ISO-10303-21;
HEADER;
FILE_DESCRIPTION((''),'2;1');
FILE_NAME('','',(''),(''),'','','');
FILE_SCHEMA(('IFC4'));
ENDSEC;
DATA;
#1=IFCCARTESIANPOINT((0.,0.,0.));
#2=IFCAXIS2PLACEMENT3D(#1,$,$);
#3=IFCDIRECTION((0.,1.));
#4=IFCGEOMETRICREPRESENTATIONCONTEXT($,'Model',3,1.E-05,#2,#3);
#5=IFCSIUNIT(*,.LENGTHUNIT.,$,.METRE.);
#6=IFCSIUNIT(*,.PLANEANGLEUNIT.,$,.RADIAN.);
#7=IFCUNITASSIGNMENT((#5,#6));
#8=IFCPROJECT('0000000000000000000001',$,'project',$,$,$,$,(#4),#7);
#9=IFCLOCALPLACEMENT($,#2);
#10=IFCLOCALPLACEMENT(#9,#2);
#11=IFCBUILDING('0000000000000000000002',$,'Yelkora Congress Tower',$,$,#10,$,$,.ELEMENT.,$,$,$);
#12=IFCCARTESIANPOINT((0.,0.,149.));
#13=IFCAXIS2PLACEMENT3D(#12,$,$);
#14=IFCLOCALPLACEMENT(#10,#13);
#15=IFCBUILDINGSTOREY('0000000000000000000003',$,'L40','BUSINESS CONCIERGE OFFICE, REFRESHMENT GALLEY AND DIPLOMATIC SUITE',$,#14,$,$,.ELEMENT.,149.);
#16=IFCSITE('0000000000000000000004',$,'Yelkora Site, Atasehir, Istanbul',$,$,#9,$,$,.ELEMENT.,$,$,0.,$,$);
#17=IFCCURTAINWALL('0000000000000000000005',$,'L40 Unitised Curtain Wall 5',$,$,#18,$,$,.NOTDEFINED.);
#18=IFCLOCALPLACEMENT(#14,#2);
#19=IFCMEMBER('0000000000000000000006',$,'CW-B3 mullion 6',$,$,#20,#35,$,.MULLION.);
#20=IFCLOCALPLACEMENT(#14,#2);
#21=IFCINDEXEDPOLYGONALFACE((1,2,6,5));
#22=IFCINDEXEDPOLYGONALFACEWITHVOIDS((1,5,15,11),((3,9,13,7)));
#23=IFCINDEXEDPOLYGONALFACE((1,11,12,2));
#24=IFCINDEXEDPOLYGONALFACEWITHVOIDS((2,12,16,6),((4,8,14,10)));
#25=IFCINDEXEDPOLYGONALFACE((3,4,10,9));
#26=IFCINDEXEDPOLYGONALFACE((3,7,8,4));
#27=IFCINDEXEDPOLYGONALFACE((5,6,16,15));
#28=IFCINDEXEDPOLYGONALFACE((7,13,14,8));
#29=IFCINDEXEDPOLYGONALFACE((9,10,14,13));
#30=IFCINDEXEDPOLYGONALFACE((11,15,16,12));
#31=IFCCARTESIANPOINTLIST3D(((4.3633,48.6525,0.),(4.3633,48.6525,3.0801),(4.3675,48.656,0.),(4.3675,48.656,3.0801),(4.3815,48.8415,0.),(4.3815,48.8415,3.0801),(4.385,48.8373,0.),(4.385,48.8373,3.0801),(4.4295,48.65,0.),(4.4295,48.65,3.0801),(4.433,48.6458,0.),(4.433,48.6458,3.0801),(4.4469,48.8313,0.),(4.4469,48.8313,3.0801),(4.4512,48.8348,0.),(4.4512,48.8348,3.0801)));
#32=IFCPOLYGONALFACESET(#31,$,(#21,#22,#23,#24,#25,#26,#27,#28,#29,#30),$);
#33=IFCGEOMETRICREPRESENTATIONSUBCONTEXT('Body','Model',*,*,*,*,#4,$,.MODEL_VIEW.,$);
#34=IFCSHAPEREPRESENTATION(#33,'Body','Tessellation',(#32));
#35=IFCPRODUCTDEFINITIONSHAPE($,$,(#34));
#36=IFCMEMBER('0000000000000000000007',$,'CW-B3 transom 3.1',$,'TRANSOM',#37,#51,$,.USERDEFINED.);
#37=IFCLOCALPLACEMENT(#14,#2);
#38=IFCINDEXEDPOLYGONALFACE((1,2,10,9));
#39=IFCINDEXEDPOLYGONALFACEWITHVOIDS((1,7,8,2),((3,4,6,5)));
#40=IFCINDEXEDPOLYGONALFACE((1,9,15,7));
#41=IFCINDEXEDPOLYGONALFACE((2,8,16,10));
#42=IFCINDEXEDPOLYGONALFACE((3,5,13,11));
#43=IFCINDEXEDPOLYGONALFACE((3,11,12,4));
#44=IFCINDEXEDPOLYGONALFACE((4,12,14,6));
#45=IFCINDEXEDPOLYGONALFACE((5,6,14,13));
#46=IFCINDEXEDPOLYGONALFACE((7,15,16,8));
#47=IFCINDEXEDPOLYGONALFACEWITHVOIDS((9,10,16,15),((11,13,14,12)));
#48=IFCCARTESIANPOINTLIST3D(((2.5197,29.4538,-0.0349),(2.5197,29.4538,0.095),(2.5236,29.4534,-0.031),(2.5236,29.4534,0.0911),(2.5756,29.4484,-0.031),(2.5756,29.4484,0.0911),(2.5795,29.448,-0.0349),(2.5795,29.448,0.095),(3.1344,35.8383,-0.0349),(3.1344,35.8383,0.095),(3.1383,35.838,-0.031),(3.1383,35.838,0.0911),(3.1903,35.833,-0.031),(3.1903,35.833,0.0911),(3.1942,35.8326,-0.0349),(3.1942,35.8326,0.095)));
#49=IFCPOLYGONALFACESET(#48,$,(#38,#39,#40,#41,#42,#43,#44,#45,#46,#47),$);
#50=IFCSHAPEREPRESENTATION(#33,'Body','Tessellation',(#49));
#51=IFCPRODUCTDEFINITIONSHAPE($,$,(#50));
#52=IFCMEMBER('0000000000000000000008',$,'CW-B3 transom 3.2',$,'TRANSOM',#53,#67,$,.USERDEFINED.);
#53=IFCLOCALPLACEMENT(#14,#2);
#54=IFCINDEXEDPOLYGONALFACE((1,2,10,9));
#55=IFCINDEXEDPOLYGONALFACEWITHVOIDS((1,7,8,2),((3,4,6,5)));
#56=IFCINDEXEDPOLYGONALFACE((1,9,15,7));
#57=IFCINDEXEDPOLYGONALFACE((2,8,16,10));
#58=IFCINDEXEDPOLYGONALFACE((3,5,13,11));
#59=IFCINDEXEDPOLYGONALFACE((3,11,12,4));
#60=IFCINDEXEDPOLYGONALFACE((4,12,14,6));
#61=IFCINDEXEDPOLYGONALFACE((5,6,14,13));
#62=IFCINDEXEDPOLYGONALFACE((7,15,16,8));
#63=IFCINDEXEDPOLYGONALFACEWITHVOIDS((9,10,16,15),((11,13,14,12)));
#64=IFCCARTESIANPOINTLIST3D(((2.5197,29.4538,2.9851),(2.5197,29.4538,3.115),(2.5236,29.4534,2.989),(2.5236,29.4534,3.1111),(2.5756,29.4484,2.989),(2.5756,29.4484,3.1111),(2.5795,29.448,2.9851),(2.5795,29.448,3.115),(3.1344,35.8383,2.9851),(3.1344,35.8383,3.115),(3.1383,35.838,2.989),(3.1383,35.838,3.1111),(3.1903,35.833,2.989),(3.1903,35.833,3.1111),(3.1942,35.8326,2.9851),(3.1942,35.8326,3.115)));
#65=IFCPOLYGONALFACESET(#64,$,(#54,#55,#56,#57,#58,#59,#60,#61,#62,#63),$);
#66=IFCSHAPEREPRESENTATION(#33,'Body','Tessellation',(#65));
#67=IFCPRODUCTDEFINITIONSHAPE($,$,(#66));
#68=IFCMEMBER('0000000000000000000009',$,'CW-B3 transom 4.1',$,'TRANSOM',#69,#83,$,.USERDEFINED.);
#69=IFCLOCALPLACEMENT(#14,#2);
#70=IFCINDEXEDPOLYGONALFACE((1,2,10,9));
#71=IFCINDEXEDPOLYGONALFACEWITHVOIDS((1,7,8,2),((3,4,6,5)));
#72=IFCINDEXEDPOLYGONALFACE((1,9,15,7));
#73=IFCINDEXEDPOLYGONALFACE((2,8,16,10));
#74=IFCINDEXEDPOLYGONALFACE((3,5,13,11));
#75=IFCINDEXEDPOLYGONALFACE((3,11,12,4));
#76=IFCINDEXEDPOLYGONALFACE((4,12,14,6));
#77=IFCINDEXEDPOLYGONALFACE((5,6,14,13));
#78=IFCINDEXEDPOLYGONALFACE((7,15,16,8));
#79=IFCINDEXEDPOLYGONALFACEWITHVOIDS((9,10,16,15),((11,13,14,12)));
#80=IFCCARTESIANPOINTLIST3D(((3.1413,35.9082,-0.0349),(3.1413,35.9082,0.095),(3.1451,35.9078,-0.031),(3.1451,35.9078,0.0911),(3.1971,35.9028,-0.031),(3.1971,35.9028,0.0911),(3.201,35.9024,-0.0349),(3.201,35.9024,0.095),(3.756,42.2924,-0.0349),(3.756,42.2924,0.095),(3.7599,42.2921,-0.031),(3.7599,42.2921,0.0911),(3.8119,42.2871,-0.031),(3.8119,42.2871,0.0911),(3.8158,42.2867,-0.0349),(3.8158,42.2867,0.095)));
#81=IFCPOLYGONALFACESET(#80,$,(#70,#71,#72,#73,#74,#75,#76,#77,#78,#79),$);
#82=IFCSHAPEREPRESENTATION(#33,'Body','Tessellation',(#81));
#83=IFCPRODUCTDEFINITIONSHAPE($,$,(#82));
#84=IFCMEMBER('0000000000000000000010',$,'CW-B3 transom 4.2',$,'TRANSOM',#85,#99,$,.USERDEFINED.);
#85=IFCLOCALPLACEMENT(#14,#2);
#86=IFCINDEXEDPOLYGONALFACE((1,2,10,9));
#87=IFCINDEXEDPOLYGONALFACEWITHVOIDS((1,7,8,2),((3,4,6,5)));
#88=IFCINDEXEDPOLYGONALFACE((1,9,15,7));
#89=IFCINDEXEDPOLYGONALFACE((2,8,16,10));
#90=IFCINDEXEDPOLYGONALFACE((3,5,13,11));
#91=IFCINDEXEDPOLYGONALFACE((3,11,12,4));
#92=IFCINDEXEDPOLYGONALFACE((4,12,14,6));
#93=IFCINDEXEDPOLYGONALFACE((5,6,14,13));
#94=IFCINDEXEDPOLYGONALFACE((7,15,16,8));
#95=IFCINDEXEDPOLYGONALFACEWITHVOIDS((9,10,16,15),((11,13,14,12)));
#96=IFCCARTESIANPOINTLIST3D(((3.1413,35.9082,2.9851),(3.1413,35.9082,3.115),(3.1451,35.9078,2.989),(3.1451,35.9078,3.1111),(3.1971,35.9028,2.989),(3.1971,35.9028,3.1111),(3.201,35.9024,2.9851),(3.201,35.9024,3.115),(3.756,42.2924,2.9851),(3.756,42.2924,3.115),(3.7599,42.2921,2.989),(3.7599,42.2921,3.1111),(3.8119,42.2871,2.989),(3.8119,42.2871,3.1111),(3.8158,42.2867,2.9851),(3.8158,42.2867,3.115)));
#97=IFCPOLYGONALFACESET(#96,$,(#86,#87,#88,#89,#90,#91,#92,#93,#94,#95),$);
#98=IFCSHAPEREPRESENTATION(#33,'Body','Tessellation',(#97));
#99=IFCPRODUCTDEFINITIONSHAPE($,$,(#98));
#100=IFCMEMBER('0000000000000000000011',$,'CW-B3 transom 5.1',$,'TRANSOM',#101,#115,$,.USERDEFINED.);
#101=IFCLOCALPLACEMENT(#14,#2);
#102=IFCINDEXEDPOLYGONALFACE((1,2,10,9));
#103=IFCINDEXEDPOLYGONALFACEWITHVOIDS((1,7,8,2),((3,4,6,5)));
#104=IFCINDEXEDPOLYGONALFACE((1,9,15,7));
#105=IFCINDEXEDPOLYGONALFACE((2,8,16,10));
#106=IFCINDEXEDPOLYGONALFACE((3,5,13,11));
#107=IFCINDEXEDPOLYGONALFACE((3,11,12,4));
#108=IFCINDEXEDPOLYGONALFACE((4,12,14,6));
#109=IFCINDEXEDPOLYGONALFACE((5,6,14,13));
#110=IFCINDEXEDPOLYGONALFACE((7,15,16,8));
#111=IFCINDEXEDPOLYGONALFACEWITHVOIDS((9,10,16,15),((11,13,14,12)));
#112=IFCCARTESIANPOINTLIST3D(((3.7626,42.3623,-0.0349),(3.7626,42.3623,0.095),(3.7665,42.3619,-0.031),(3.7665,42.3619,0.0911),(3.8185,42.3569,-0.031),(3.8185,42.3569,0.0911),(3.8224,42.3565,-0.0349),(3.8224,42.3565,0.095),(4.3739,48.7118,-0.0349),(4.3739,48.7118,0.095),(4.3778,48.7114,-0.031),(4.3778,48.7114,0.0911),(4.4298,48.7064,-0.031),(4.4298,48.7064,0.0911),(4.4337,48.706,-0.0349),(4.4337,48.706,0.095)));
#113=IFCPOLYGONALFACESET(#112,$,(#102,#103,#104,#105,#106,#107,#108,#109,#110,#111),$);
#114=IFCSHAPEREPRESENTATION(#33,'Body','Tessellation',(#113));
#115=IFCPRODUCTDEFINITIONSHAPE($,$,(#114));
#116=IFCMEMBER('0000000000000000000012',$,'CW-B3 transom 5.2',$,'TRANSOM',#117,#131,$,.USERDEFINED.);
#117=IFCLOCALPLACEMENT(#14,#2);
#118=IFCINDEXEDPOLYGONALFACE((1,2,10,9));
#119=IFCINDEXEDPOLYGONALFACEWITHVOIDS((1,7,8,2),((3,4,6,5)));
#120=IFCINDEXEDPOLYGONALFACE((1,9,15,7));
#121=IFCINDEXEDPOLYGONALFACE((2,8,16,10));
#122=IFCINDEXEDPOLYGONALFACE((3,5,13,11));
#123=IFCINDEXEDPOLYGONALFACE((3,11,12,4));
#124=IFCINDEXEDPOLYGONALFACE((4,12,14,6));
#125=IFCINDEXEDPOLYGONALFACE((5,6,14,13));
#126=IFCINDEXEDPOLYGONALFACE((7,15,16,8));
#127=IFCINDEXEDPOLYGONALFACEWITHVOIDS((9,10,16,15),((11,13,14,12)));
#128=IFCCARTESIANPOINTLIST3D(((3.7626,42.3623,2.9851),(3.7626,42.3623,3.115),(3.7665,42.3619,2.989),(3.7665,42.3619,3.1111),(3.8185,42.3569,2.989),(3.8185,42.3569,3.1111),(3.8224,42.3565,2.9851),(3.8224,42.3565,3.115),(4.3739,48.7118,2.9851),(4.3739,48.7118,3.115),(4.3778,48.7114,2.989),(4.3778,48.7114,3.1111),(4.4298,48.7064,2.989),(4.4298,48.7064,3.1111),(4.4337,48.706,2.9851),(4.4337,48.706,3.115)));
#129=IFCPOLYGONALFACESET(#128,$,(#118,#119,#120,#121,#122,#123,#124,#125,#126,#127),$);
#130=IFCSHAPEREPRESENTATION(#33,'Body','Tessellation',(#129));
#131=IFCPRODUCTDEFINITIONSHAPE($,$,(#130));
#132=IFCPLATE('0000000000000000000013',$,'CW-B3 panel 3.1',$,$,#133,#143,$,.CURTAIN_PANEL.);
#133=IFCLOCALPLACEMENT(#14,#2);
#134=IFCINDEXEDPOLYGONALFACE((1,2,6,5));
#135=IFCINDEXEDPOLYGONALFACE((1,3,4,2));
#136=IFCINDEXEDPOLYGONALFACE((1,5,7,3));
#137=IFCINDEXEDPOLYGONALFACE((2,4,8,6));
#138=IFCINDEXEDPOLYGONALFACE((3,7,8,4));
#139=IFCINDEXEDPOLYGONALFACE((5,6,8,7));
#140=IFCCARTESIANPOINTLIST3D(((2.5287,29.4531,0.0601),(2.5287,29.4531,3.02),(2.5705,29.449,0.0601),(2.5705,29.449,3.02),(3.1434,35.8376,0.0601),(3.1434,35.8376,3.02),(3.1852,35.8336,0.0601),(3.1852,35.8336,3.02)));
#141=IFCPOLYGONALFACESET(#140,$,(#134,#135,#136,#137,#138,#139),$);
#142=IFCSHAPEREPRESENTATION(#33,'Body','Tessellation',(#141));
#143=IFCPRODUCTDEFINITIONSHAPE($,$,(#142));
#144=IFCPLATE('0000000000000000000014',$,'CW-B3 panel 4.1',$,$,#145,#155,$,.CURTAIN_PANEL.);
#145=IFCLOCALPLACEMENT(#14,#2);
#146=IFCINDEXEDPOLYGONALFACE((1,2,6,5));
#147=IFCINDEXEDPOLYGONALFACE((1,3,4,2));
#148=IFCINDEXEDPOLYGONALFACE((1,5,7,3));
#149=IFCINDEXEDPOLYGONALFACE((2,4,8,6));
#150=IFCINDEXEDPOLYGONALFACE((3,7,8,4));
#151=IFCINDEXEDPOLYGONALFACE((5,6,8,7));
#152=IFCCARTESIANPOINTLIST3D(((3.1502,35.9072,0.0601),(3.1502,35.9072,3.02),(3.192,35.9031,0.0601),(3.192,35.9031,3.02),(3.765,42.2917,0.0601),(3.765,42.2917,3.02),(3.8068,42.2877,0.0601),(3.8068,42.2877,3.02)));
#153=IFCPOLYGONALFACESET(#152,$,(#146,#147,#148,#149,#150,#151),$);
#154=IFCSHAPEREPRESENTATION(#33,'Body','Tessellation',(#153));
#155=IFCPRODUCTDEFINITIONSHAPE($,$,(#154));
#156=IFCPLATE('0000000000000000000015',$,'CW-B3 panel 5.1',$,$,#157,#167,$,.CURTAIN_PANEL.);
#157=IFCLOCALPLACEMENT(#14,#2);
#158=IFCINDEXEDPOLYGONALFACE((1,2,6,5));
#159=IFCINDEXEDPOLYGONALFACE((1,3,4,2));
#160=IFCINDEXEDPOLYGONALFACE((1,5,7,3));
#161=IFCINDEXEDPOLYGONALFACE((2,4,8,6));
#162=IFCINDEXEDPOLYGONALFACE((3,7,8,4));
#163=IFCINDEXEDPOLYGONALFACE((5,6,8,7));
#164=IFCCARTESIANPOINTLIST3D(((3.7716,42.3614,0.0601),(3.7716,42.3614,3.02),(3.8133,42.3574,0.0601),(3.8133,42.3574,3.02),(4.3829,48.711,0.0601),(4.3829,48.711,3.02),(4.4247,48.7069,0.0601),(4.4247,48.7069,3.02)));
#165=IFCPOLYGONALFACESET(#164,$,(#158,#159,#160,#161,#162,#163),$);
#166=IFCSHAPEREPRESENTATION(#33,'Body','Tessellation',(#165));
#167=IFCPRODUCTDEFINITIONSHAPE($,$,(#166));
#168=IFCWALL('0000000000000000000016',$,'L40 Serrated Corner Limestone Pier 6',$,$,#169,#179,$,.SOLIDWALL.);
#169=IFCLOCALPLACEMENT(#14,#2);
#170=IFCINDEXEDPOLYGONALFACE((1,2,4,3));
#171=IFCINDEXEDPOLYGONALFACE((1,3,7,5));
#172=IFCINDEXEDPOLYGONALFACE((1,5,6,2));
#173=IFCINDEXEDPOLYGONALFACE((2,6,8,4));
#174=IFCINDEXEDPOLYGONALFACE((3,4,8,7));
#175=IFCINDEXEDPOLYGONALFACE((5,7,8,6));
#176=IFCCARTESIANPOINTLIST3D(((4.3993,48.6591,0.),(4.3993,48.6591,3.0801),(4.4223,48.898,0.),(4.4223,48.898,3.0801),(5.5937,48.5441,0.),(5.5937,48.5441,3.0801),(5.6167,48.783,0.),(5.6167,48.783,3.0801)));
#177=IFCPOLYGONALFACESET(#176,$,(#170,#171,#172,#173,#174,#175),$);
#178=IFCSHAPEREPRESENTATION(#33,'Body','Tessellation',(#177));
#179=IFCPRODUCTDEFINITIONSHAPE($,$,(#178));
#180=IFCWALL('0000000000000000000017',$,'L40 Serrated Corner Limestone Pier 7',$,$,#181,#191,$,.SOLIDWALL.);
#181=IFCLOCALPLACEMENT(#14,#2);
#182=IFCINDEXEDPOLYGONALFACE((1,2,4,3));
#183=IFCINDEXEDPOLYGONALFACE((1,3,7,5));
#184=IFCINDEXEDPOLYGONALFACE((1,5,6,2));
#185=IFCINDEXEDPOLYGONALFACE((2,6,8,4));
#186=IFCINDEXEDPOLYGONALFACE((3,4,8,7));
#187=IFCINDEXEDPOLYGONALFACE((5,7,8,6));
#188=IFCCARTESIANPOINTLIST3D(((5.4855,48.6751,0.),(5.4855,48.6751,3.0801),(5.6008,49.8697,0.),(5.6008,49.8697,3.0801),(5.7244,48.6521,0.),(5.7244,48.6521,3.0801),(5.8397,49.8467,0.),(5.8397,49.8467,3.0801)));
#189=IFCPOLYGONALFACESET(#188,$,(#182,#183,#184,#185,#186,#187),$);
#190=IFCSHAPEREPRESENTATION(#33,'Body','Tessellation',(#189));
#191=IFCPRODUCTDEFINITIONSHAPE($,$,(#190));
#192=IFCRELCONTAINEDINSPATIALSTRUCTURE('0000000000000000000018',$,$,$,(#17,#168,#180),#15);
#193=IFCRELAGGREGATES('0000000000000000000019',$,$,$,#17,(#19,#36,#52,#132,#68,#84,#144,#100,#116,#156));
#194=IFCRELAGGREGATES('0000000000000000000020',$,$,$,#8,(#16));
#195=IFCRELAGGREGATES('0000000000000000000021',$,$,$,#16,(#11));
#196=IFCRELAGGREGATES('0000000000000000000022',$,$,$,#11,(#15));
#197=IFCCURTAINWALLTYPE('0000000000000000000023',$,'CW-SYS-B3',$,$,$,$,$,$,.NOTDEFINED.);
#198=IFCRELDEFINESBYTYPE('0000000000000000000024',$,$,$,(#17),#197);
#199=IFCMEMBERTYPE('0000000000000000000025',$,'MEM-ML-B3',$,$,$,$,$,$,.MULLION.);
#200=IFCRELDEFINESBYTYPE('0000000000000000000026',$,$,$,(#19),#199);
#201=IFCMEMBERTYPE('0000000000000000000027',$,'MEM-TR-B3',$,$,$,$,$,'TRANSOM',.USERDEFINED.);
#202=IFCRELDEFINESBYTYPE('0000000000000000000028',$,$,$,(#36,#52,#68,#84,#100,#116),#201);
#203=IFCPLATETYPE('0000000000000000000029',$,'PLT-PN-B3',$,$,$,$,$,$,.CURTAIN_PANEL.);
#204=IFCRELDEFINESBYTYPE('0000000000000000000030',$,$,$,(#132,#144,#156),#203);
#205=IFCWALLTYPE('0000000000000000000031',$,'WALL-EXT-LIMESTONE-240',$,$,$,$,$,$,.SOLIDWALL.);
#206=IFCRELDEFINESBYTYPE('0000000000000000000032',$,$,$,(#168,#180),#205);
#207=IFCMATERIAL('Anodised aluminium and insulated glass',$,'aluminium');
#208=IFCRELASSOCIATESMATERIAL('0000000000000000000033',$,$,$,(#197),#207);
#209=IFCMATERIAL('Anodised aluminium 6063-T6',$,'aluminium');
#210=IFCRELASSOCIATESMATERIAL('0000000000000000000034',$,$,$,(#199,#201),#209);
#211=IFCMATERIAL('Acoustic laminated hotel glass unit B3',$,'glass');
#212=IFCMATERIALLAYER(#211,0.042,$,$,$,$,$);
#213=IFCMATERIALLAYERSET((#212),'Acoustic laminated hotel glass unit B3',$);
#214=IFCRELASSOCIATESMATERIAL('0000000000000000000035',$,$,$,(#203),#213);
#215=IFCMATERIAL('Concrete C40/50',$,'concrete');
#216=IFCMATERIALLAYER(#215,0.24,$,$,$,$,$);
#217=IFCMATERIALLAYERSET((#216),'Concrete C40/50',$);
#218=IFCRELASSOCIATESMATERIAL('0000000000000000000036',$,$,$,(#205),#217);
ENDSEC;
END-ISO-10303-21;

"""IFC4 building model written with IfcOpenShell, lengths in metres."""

from ifc_helpers import new_model, si_unit, direction, frame, frame_2d, origin, origin_2d, place, context, subcontext, project, spatial, rectangle, hollow_rectangle, extrude, material, layer, layer_set, material_profile, profile_set, type_object, element, aggregate, save


model = new_model("IFC4")

# Units and contexts
model_context = context("Model", 3, precision=1e-05, world=origin(), true_north=direction((0.0, 1.0)))
body_context = subcontext(model_context, "Body", "Model", "MODEL_VIEW")
ifc_project = project(units=[si_unit("LENGTHUNIT", "METRE"), si_unit("PLANEANGLEUNIT", "RADIAN")], contexts=[model_context])

# Site, building, storey
site_placement = place(None, origin())
site = spatial("IfcSite", under=ifc_project, at=site_placement, Name="Yelkora Site, Atasehir, Istanbul", CompositionType="ELEMENT", RefElevation=0.0)
building_placement = place(site_placement, origin())
building = spatial("IfcBuilding", under=site, at=building_placement, Name="Yelkora Congress Tower", CompositionType="ELEMENT")
storey_placement = place(building_placement, frame((0.0, 0.0, 149.0)))
storey = spatial("IfcBuildingStorey", under=building, at=storey_placement, Name="L40", Description="BUSINESS CONCIERGE OFFICE, REFRESHMENT GALLEY AND DIPLOMATIC SUITE", CompositionType="ELEMENT", Elevation=149.0)

# Curtain wall, members, plates
ifc_material_1 = material(Name="Anodised aluminium and insulated glass", Category="aluminium")
curtain_wall_type = type_object("IfcCurtainWallType", Name="CW-SYS-B3", PredefinedType="NOTDEFINED", material=ifc_material_1)
curtain_wall_placement = place(storey_placement, origin())
curtain_wall = element("IfcCurtainWall", 1, at=curtain_wall_placement, inside=storey, type_object=curtain_wall_type, Name="L40 Unitised Curtain Wall 5", PredefinedType="NOTDEFINED")
ifc_material_2 = material(Name="Anodised aluminium 6063-T6", Category="aluminium")
ifc_material_profile_1 = material_profile(ifc_material_2, hollow_rectangle(XDim=0.0701, YDim=0.1899, WallThickness=0.0039, at=origin_2d()), Name="ALU 70x190x4")
ifc_profile_set_1 = profile_set([ifc_material_profile_1], Name="Anodised aluminium 6063-T6")
member_type_1 = type_object("IfcMemberType", Name="MEM-ML-B3", PredefinedType="MULLION", material=ifc_profile_set_1)
member_1_placement = place(storey_placement, frame((4.4072, 48.7437, 0.0), z_axis=(0.0, 0.0, 1.0), x_axis=(-0.995396, 0.095845, 0.0)))
member_1 = element("IfcMember", 2, at=member_1_placement, type_object=member_type_1, Name="CW-B3 mullion 6", PredefinedType="MULLION", context=body_context, shape_type="SweptSolid", body=[
    extrude(hollow_rectangle(XDim=0.0701, YDim=0.1899, WallThickness=0.0039, at=origin_2d()), origin(), (0.0, 0.0, 1.0), 3.0801),
])
ifc_material_profile_2 = material_profile(ifc_material_2, hollow_rectangle(XDim=0.0601, YDim=0.1299, WallThickness=0.0039, at=origin_2d()), Name="ALU 60x130x4")
ifc_profile_set_2 = profile_set([ifc_material_profile_2], Name="Anodised aluminium 6063-T6")
member_type_2 = type_object("IfcMemberType", Name="MEM-TR-B3", ElementType="TRANSOM", PredefinedType="USERDEFINED", material=ifc_profile_set_2)
member_2_placement = place(storey_placement, frame((2.5496, 29.4509, 0.03), z_axis=(0.095844, 0.995396, 0.0), x_axis=(-0.995396, 0.095844, 0.0)))
member_2 = element("IfcMember", 3, at=member_2_placement, type_object=member_type_2, Name="CW-B3 transom 3.1", ObjectType="TRANSOM", PredefinedType="USERDEFINED", context=body_context, shape_type="SweptSolid", body=[
    extrude(hollow_rectangle(XDim=0.0601, YDim=0.1299, WallThickness=0.0039, at=origin_2d()), origin(), (0.0, 0.0, 1.0), 6.4141),
])
member_3_placement = place(storey_placement, frame((2.5496, 29.4509, 3.05), z_axis=(0.095844, 0.995396, 0.0), x_axis=(-0.995396, 0.095844, 0.0)))
member_3 = element("IfcMember", 4, at=member_3_placement, type_object=member_type_2, Name="CW-B3 transom 3.2", ObjectType="TRANSOM", PredefinedType="USERDEFINED", context=body_context, shape_type="SweptSolid", body=[
    extrude(hollow_rectangle(XDim=0.0601, YDim=0.1299, WallThickness=0.0039, at=origin_2d()), origin(), (0.0, 0.0, 1.0), 6.4141),
])
member_4_placement = place(storey_placement, frame((3.1711, 35.9053, 0.03), z_axis=(0.095847, 0.995396, 0.0), x_axis=(-0.995396, 0.095847, 0.0)))
member_4 = element("IfcMember", 5, at=member_4_placement, type_object=member_type_2, Name="CW-B3 transom 4.1", ObjectType="TRANSOM", PredefinedType="USERDEFINED", context=body_context, shape_type="SweptSolid", body=[
    extrude(hollow_rectangle(XDim=0.0601, YDim=0.1299, WallThickness=0.0039, at=origin_2d()), origin(), (0.0, 0.0, 1.0), 6.4138),
])
member_5_placement = place(storey_placement, frame((3.1711, 35.9053, 3.05), z_axis=(0.095847, 0.995396, 0.0), x_axis=(-0.995396, 0.095847, 0.0)))
member_5 = element("IfcMember", 6, at=member_5_placement, type_object=member_type_2, Name="CW-B3 transom 4.2", ObjectType="TRANSOM", PredefinedType="USERDEFINED", context=body_context, shape_type="SweptSolid", body=[
    extrude(hollow_rectangle(XDim=0.0601, YDim=0.1299, WallThickness=0.0039, at=origin_2d()), origin(), (0.0, 0.0, 1.0), 6.4138),
])
member_6_placement = place(storey_placement, frame((3.7925, 42.3594, 0.03), z_axis=(0.095835, 0.995397, 0.0), x_axis=(-0.995397, 0.095835, 0.0)))
member_6 = element("IfcMember", 7, at=member_6_placement, type_object=member_type_2, Name="CW-B3 transom 5.1", ObjectType="TRANSOM", PredefinedType="USERDEFINED", context=body_context, shape_type="SweptSolid", body=[
    extrude(hollow_rectangle(XDim=0.0601, YDim=0.1299, WallThickness=0.0039, at=origin_2d()), origin(), (0.0, 0.0, 1.0), 6.3789),
])
member_7_placement = place(storey_placement, frame((3.7925, 42.3594, 3.05), z_axis=(0.095835, 0.995397, 0.0), x_axis=(-0.995397, 0.095835, 0.0)))
member_7 = element("IfcMember", 8, at=member_7_placement, type_object=member_type_2, Name="CW-B3 transom 5.2", ObjectType="TRANSOM", PredefinedType="USERDEFINED", context=body_context, shape_type="SweptSolid", body=[
    extrude(hollow_rectangle(XDim=0.0601, YDim=0.1299, WallThickness=0.0039, at=origin_2d()), origin(), (0.0, 0.0, 1.0), 6.3789),
])
ifc_material_3 = material(Name="Acoustic laminated hotel glass unit B3", Category="glass")
ifc_layer_1 = layer(ifc_material_3, 0.042)
ifc_layer_set_1 = layer_set([ifc_layer_1], Name="Acoustic laminated hotel glass unit B3")
plate_type = type_object("IfcPlateType", Name="PLT-PN-B3", PredefinedType="CURTAIN_PANEL", material=ifc_layer_set_1)
plate_1_placement = place(storey_placement, frame((2.8569, 32.6433, 0.0601), z_axis=(0.0, 0.0, 1.0), x_axis=(0.095845, 0.995396, 0.0)))
plate_1 = element("IfcPlate", 9, at=plate_1_placement, type_object=plate_type, Name="CW-B3 panel 3.1", PredefinedType="CURTAIN_PANEL", context=body_context, shape_type="SweptSolid", body=[
    extrude(rectangle(XDim=6.4141, YDim=0.042, at=origin_2d()), origin(), (0.0, 0.0, 1.0), 2.96),
])
plate_2_placement = place(storey_placement, frame((3.4785, 39.0974, 0.0601), z_axis=(0.0, 0.0, 1.0), x_axis=(0.095845, 0.995396, 0.0)))
plate_2 = element("IfcPlate", 10, at=plate_2_placement, type_object=plate_type, Name="CW-B3 panel 4.1", PredefinedType="CURTAIN_PANEL", context=body_context, shape_type="SweptSolid", body=[
    extrude(rectangle(XDim=6.4141, YDim=0.042, at=origin_2d()), origin(), (0.0, 0.0, 1.0), 2.96),
])
plate_3_placement = place(storey_placement, frame((4.0981, 45.5342, 0.0601), z_axis=(0.0, 0.0, 1.0), x_axis=(0.095845, 0.995396, 0.0)))
plate_3 = element("IfcPlate", 11, at=plate_3_placement, type_object=plate_type, Name="CW-B3 panel 5.1", PredefinedType="CURTAIN_PANEL", context=body_context, shape_type="SweptSolid", body=[
    extrude(rectangle(XDim=6.3789, YDim=0.042, at=origin_2d()), origin(), (0.0, 0.0, 1.0), 2.96),
])
aggregate(curtain_wall, [member_1, member_2, member_3, plate_1, member_4, member_5, plate_2, member_6, member_7, plate_3])

# Walls
ifc_material_4 = material(Name="Concrete C40/50", Category="concrete")
ifc_layer_2 = layer(ifc_material_4, 0.24)
ifc_layer_set_2 = layer_set([ifc_layer_2], Name="Concrete C40/50")
wall_type_1 = type_object("IfcWallType", Name="WALL-EXT-LIMESTONE-240", PredefinedType="SOLIDWALL", material=ifc_layer_set_2)
wall_1_placement = place(storey_placement, frame((4.4106, 48.7786, 0.0), z_axis=(0.0, 0.0, 1.0), x_axis=(0.995397, -0.095836, 0.0)))
element("IfcWall", 12, at=wall_1_placement, inside=storey, type_object=wall_type_1, Name="L40 Serrated Corner Limestone Pier 6", PredefinedType="SOLIDWALL", context=body_context, shape_type="SweptSolid", body=[
    extrude(rectangle(XDim=1.2, YDim=0.24, at=frame_2d((0.6001, 0.0))), origin(), (0.0, 0.0, 1.0), 3.0801),
])
wall_2_placement = place(storey_placement, frame((5.605, 48.6636, 0.0), z_axis=(0.0, 0.0, 1.0), x_axis=(0.096019, 0.99538, 0.0)))
element("IfcWall", 13, at=wall_2_placement, inside=storey, type_object=wall_type_1, Name="L40 Serrated Corner Limestone Pier 7", PredefinedType="SOLIDWALL", context=body_context, shape_type="SweptSolid", body=[
    extrude(rectangle(XDim=1.2002, YDim=0.24, at=frame_2d((0.6001, 0.0))), origin(), (0.0, 0.0, 1.0), 3.0801),
])

save(model, "model.ifc")
